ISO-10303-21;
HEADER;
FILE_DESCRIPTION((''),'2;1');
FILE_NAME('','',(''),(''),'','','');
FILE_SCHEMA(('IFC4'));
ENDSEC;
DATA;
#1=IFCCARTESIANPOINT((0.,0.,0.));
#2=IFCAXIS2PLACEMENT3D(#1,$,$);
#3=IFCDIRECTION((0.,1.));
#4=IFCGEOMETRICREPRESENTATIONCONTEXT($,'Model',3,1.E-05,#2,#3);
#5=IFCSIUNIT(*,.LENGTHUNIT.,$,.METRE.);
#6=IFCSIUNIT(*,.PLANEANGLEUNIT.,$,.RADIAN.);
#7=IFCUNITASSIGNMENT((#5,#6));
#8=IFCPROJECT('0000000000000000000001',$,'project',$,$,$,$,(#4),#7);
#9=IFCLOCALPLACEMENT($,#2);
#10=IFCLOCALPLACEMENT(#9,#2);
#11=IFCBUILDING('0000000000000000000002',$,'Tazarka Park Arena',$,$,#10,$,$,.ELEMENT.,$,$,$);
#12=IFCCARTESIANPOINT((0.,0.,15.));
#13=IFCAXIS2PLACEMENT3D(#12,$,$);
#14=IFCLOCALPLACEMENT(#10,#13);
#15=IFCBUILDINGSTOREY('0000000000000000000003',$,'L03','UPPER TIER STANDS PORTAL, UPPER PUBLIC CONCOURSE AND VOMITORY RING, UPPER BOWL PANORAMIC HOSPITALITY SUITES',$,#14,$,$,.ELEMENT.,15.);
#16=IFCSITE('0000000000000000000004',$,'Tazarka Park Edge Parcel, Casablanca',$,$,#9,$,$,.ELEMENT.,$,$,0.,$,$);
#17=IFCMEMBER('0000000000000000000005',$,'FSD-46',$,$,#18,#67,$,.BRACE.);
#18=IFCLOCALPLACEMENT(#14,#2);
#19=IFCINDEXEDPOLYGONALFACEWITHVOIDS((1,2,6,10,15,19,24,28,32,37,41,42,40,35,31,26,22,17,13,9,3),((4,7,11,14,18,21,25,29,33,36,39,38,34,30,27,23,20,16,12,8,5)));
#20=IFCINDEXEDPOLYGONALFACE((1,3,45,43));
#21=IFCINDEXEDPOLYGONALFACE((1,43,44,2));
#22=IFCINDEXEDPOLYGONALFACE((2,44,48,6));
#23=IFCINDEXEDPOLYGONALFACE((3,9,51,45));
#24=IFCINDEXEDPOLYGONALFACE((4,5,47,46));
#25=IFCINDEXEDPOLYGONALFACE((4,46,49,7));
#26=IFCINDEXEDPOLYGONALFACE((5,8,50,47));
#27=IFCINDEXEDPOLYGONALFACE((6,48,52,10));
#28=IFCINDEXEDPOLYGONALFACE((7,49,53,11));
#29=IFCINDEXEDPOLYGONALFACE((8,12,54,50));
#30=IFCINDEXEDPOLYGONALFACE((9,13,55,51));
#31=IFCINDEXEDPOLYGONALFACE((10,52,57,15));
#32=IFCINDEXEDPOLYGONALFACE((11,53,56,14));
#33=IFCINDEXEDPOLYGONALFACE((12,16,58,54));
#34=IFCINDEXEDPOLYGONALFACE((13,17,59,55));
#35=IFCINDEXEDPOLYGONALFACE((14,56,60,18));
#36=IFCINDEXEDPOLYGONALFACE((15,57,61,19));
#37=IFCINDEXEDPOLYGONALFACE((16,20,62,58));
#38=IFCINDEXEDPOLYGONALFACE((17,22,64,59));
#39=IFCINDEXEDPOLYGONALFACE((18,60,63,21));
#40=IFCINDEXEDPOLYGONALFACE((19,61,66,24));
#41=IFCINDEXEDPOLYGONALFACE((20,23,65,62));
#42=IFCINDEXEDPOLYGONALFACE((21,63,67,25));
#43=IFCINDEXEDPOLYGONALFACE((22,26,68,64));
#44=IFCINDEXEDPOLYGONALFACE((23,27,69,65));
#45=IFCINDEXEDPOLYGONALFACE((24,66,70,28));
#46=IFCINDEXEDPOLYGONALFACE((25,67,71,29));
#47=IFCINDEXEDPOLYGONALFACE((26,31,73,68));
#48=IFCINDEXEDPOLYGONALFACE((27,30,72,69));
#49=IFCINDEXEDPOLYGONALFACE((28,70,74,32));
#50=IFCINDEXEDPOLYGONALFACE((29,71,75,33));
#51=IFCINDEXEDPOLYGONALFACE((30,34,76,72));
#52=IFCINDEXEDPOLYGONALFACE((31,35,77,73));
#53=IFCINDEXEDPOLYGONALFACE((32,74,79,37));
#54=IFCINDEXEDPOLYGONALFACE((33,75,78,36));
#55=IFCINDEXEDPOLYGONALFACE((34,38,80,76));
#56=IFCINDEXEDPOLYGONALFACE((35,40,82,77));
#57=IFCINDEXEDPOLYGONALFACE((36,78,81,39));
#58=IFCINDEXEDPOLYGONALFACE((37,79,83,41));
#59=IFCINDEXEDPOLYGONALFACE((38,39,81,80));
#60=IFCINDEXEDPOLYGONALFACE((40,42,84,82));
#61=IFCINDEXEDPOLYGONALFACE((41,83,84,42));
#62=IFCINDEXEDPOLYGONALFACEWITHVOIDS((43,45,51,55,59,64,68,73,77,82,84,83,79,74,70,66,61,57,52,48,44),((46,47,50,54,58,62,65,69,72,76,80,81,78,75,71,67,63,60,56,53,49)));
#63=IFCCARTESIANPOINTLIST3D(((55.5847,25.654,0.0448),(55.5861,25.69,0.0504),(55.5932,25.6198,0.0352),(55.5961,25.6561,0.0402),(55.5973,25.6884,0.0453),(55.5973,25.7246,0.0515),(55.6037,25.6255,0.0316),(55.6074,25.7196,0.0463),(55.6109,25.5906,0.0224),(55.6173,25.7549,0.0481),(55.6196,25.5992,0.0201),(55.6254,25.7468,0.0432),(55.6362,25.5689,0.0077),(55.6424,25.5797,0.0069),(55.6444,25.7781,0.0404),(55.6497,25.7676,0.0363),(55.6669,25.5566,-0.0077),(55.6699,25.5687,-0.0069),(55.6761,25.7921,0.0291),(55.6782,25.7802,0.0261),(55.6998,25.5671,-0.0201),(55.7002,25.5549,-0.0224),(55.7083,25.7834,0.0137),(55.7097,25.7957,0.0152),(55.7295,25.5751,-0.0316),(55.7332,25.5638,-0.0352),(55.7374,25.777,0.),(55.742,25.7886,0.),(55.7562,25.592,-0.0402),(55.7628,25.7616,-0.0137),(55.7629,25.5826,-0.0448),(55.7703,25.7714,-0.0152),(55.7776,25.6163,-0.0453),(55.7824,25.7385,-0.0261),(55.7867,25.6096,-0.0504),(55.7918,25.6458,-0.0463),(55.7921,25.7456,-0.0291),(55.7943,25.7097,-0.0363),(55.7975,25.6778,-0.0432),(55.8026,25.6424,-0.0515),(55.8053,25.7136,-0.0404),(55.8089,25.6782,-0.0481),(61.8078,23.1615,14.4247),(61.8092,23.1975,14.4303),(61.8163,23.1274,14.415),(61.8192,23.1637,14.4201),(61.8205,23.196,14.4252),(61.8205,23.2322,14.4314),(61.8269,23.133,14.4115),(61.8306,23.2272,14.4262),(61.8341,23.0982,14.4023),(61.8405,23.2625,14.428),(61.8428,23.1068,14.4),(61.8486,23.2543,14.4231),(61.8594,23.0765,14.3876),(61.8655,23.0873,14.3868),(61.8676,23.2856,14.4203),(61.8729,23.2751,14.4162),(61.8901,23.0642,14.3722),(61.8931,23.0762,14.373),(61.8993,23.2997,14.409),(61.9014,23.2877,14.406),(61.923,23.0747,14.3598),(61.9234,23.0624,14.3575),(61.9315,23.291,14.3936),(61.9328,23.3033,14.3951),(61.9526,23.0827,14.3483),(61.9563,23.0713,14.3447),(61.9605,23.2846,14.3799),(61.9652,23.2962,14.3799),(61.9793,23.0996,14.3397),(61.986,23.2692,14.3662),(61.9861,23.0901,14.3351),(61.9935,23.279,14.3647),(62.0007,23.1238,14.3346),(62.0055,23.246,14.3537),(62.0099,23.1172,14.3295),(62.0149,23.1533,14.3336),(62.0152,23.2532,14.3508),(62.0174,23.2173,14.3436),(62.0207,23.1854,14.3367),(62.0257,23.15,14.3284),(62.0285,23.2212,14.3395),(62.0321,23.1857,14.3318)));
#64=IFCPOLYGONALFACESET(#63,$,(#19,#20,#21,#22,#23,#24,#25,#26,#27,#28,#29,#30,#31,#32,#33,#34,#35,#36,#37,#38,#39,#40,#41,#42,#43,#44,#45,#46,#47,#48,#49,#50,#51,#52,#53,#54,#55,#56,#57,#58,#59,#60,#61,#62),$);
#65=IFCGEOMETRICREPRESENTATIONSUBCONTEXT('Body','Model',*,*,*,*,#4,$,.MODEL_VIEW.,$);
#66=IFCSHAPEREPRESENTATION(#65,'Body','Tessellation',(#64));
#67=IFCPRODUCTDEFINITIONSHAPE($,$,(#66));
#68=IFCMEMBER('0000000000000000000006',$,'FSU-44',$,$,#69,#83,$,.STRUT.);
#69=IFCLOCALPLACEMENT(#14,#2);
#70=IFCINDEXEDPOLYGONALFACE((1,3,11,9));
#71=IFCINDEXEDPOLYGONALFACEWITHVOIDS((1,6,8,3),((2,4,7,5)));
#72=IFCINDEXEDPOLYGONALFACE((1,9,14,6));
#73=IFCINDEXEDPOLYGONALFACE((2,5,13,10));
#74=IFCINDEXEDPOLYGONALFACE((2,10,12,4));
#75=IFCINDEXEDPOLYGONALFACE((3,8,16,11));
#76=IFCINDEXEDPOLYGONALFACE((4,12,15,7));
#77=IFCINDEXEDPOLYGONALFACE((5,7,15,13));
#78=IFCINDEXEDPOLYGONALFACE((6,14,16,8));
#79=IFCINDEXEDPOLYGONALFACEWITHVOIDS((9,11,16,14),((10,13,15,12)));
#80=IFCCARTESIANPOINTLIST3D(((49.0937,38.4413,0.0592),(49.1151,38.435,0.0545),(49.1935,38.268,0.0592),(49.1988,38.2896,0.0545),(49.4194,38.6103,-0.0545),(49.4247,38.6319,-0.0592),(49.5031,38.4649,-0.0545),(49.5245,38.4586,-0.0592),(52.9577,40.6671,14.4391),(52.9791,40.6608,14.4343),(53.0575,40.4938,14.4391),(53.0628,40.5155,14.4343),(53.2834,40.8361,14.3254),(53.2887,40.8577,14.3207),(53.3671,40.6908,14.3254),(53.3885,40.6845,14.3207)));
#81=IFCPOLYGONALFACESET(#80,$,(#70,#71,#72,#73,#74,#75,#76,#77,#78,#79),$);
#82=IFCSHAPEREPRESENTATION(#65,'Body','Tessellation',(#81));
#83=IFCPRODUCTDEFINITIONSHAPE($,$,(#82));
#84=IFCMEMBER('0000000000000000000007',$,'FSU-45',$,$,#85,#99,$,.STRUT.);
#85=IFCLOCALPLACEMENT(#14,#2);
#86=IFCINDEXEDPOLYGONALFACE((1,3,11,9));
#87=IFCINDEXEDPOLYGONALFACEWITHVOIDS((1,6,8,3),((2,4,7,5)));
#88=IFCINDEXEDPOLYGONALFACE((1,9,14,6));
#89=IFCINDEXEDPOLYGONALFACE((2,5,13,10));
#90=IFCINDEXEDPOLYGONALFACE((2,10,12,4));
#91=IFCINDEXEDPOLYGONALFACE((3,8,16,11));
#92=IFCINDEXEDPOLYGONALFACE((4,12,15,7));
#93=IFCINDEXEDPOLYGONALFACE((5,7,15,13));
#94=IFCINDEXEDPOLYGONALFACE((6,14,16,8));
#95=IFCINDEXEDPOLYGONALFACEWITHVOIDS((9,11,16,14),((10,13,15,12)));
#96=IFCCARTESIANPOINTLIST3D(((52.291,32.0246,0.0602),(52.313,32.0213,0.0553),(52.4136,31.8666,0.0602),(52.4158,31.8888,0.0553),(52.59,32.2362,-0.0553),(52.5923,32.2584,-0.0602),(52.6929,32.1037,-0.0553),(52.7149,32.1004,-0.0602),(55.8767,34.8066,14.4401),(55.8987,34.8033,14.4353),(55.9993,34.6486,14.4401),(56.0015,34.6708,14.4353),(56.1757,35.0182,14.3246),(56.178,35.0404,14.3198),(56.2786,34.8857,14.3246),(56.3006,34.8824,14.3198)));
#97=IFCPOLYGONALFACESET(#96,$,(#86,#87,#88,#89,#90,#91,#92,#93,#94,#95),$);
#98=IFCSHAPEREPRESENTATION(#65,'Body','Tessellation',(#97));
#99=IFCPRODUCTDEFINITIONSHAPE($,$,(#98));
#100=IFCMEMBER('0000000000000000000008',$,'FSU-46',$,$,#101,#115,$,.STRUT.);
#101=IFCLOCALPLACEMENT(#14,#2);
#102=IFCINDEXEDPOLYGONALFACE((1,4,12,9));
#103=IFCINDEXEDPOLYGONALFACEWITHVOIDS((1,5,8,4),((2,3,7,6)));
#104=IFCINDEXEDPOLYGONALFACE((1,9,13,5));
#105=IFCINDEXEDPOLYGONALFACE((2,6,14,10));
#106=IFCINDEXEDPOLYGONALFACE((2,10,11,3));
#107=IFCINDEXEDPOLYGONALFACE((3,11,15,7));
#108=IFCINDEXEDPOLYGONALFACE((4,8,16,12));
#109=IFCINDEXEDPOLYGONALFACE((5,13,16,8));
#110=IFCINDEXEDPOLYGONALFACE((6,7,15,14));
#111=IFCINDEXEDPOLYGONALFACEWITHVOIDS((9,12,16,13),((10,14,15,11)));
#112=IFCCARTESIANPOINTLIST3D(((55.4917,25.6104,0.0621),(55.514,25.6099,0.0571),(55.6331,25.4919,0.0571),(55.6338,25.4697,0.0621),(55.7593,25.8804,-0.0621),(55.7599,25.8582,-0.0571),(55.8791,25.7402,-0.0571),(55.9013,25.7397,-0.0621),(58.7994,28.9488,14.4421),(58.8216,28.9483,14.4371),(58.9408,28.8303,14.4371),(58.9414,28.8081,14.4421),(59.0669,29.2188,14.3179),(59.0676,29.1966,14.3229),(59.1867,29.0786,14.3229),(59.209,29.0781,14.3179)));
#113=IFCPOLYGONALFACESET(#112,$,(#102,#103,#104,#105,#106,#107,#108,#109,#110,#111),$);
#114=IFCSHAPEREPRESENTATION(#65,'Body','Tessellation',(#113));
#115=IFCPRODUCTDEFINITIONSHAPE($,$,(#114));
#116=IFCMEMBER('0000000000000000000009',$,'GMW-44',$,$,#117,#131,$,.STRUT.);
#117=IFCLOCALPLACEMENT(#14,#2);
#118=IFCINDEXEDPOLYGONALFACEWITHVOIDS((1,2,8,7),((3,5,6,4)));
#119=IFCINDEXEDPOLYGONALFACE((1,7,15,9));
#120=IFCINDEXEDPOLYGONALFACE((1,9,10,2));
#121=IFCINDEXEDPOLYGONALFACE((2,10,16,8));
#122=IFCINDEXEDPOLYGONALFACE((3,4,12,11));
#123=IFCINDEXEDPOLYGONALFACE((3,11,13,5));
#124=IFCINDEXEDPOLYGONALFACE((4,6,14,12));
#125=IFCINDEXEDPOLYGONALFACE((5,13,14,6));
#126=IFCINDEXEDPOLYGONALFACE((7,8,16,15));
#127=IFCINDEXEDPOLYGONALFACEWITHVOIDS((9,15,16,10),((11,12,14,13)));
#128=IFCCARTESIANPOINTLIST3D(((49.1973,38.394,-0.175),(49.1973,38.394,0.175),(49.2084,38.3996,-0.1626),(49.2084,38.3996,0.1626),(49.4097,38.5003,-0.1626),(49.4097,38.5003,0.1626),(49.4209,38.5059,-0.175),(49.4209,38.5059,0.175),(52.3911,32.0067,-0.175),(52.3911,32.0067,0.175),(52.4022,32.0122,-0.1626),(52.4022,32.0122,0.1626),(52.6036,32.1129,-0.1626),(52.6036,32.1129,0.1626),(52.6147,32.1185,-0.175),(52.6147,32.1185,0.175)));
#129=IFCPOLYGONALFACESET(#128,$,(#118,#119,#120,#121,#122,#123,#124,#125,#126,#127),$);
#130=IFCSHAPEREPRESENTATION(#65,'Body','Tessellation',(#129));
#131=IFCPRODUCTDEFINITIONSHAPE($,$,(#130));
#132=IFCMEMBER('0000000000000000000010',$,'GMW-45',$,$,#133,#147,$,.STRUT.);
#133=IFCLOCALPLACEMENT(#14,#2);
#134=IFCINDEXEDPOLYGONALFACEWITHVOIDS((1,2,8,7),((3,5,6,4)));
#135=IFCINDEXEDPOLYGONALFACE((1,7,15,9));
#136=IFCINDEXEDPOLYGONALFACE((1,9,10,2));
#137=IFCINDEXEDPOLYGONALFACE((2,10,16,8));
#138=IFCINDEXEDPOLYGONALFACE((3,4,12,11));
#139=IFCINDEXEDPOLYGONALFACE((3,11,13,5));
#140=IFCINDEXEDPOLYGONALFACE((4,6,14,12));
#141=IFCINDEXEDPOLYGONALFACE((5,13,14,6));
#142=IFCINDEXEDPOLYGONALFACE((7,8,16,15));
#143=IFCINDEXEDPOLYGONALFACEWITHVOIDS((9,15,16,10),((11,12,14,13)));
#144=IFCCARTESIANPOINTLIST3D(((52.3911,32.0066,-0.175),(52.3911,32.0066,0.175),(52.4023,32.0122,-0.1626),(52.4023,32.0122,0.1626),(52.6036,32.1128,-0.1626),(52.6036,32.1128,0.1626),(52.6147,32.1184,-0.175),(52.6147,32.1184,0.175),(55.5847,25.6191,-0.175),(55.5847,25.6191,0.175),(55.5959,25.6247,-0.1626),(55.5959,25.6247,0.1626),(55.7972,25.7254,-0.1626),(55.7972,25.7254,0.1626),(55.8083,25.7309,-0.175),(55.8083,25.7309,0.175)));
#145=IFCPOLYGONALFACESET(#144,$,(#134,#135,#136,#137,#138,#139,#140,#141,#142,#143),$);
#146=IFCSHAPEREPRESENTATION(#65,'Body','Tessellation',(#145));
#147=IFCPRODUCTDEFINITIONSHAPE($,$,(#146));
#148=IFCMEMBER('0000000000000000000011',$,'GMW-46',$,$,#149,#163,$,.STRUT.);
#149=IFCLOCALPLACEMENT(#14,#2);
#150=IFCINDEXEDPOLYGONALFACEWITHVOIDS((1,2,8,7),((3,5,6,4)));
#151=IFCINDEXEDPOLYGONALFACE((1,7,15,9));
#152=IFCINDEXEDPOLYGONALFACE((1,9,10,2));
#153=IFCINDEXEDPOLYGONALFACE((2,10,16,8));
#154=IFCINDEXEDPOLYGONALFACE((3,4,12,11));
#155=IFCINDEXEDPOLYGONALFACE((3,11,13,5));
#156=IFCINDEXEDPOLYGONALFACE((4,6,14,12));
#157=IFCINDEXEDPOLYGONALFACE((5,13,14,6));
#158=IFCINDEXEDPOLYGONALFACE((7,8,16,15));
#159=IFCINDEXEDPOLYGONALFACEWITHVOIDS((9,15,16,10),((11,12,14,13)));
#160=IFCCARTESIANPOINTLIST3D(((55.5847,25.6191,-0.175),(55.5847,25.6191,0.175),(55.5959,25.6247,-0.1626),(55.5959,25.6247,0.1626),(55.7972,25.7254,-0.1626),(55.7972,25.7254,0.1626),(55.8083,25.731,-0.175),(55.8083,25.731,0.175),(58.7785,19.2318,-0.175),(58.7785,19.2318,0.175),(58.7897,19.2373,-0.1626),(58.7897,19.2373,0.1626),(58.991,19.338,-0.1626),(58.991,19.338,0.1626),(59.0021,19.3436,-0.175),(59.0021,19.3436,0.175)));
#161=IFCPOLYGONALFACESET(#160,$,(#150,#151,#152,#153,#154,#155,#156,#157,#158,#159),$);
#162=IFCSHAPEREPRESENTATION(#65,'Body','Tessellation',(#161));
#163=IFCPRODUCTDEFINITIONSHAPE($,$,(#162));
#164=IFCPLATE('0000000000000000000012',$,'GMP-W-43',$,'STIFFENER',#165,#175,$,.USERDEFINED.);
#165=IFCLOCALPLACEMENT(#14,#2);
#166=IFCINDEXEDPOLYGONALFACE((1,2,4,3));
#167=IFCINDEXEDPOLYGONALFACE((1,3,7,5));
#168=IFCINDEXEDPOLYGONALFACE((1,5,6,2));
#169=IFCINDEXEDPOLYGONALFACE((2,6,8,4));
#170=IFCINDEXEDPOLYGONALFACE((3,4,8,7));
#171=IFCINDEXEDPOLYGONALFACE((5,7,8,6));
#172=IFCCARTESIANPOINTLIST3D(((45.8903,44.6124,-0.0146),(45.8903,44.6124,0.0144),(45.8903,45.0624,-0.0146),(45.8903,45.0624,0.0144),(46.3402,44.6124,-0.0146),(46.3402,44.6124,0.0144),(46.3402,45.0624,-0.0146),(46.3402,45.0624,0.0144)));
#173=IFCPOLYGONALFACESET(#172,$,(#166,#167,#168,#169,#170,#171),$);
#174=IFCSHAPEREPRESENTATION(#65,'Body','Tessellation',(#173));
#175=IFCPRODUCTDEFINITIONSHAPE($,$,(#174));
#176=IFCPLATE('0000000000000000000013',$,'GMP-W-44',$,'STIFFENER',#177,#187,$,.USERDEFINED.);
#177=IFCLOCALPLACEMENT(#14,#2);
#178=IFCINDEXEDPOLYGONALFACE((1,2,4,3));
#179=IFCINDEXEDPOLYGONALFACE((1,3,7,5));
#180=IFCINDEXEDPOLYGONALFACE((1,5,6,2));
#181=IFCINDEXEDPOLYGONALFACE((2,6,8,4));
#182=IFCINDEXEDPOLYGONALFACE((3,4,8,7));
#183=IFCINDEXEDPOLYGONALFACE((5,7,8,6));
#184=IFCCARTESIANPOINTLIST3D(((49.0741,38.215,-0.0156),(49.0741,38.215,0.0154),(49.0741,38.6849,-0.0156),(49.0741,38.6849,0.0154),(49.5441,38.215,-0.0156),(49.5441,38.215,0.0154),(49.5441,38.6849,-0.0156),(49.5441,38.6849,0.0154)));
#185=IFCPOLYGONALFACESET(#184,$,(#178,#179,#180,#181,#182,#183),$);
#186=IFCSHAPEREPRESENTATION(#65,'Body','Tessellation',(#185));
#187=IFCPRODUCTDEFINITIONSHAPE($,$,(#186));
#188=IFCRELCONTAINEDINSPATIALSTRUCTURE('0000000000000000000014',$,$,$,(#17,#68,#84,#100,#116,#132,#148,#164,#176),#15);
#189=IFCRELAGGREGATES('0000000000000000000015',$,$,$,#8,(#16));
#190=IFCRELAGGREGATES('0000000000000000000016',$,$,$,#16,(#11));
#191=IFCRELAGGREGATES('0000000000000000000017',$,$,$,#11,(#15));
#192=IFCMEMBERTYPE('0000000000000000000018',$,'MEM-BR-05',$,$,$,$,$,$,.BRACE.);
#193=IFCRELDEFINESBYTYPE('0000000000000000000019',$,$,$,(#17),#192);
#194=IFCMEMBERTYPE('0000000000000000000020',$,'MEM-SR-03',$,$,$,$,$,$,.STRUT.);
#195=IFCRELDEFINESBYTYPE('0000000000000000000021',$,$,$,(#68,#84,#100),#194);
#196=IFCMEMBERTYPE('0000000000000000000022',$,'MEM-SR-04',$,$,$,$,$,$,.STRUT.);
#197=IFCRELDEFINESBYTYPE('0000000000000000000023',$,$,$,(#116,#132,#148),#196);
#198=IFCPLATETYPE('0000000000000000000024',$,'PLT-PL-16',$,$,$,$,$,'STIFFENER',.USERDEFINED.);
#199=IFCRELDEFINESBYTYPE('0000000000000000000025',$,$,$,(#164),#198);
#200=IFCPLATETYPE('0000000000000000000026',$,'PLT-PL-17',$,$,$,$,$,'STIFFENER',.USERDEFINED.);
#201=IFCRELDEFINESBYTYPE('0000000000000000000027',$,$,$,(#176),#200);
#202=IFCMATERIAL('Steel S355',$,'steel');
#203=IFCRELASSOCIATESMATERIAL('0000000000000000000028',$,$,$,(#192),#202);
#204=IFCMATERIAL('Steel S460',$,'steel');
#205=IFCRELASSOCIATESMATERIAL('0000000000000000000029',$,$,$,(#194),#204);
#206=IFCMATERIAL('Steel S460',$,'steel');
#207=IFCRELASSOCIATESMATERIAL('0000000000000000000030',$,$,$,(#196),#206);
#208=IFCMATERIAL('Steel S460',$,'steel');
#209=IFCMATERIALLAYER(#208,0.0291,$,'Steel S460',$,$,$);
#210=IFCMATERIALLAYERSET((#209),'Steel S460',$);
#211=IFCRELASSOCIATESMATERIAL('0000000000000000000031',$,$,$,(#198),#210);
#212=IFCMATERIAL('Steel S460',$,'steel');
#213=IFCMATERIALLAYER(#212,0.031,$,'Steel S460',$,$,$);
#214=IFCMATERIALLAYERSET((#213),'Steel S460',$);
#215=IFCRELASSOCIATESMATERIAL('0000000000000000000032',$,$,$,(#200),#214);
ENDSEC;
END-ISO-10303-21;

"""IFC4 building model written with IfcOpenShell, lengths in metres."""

from ifc_helpers import new_model, si_unit, direction, frame, origin, origin_2d, place, context, subcontext, project, spatial, rectangle, hollow_rectangle, hollow_circle, extrude, material, layer, layer_set, material_profile, profile_set, type_object, element, save


model = new_model("IFC4")

# Units and contexts
model_context = context("Model", 3, precision=1e-05, world=origin(), true_north=direction((0.0, 1.0)))
body_context = subcontext(model_context, "Body", "Model", "MODEL_VIEW")
ifc_project = project(units=[si_unit("LENGTHUNIT", "METRE"), si_unit("PLANEANGLEUNIT", "RADIAN")], contexts=[model_context])

# Site, building, storey
site_placement = place(None, origin())
site = spatial("IfcSite", under=ifc_project, at=site_placement, Name="Tazarka Park Edge Parcel, Casablanca", CompositionType="ELEMENT", RefElevation=0.0)
building_placement = place(site_placement, origin())
building = spatial("IfcBuilding", under=site, at=building_placement, Name="Tazarka Park Arena", CompositionType="ELEMENT")
storey_placement = place(building_placement, frame((0.0, 0.0, 15.0)))
storey = spatial("IfcBuildingStorey", under=building, at=storey_placement, Name="L03", Description="UPPER TIER STANDS PORTAL, UPPER PUBLIC CONCOURSE AND VOMITORY RING, UPPER BOWL PANORAMIC HOSPITALITY SUITES", CompositionType="ELEMENT", Elevation=15.0)

# Members
ifc_material_1 = material(Name="Steel S355", Category="steel")
ifc_material_profile_1 = material_profile(ifc_material_1, hollow_circle(Radius=0.1223, WallThickness=0.0125, at=origin_2d()), Name="Steel S355")
ifc_profile_set_1 = profile_set([ifc_material_profile_1], Name="Steel S355")
member_type_1 = type_object("IfcMemberType", Name="MEM-BR-05", PredefinedType="BRACE", material=ifc_profile_set_1)
member_1_placement = place(storey_placement, frame((55.6965, 25.675, 0.0), z_axis=(0.392239, -0.157095, 0.90635), x_axis=(0.371799, 0.928313, 0.0)))
element("IfcMember", 1, at=member_1_placement, inside=storey, type_object=member_type_1, Name="FSD-46", PredefinedType="BRACE", context=body_context, shape_type="SweptSolid", body=[
    extrude(hollow_circle(Radius=0.1223, WallThickness=0.0125, at=origin_2d()), origin(), (0.0, 0.0, 1.0), 15.8657),
])
ifc_material_2 = material(Name="Steel S460", Category="steel")
ifc_material_profile_2 = material_profile(ifc_material_2, hollow_rectangle(XDim=0.2, YDim=0.3999, WallThickness=0.0161, at=origin_2d()), Name="Steel S460")
ifc_profile_set_2 = profile_set([ifc_material_profile_2], Name="Steel S460")
member_type_2 = type_object("IfcMemberType", Name="MEM-SR-03", PredefinedType="STRUT", material=ifc_profile_set_2)
member_2_placement = place(storey_placement, frame((49.3091, 38.45, 0.0), z_axis=(0.256653, 0.147842, 0.955129), x_axis=(-0.499149, 0.866516, 0.0)))
element("IfcMember", 2, at=member_2_placement, inside=storey, type_object=member_type_2, Name="FSU-44", PredefinedType="STRUT", context=body_context, shape_type="SweptSolid", body=[
    extrude(hollow_rectangle(XDim=0.2, YDim=0.3999, WallThickness=0.0161, at=origin_2d()), origin(), (0.0, 0.0, 1.0), 15.0554),
])
member_3_placement = place(storey_placement, frame((52.5029, 32.0625, 0.0), z_axis=(0.237793, 0.184493, 0.953633), x_axis=(-0.612994, 0.790087, 0.0)))
element("IfcMember", 3, at=member_3_placement, inside=storey, type_object=member_type_2, Name="FSU-45", PredefinedType="STRUT", context=body_context, shape_type="SweptSolid", body=[
    extrude(hollow_rectangle(XDim=0.2, YDim=0.3999, WallThickness=0.0161, at=origin_2d()), origin(), (0.0, 0.0, 1.0), 15.0791),
])
member_4_placement = place(storey_placement, frame((55.6965, 25.675, 0.0), z_axis=(0.218637, 0.220671, 0.950527), x_axis=(-0.710372, 0.703826, 0.0)))
element("IfcMember", 4, at=member_4_placement, inside=storey, type_object=member_type_2, Name="FSU-46", PredefinedType="STRUT", context=body_context, shape_type="SweptSolid", body=[
    extrude(hollow_rectangle(XDim=0.2, YDim=0.3999, WallThickness=0.0161, at=origin_2d()), origin(), (0.0, 0.0, 1.0), 15.1284),
])
ifc_material_3 = material(Name="Steel S460", Category="steel")
ifc_material_profile_3 = material_profile(ifc_material_3, hollow_rectangle(XDim=0.25, YDim=0.3501, WallThickness=0.0125, at=origin_2d()), Name="Steel S460")
ifc_profile_set_3 = profile_set([ifc_material_profile_3], Name="Steel S460")
member_type_3 = type_object("IfcMemberType", Name="MEM-SR-04", PredefinedType="STRUT", material=ifc_profile_set_3)
for number, where, z_axis, x_axis, name in (
    (5, (49.3091, 38.45, 0.0), (0.447227, -0.89442, 0.0), (0.89442, 0.447227, 0.0), "GMW-44"),
    (6, (52.5029, 32.0625, 0.0), (0.4472, -0.894434, 0.0), (0.894434, 0.4472, 0.0), "GMW-45"),
    (7, (55.6965, 25.675, 0.0), (0.447227, -0.89442, 0.0), (0.89442, 0.447227, 0.0), "GMW-46"),
):
    element("IfcMember", number, at=place(storey_placement, frame(where, z_axis=z_axis, x_axis=x_axis)), inside=storey, type_object=member_type_3, Name=name, PredefinedType="STRUT", context=body_context, shape_type="SweptSolid", body=[
        extrude(hollow_rectangle(XDim=0.25, YDim=0.3501, WallThickness=0.0125, at=origin_2d()), origin(), (0.0, 0.0, 1.0), 7.1414),
    ])

# Plates
ifc_material_4 = material(Name="Steel S460", Category="steel")
ifc_layer_1 = layer(ifc_material_4, 0.0291, Name="Steel S460")
ifc_layer_set_1 = layer_set([ifc_layer_1], Name="Steel S460")
plate_type_1 = type_object("IfcPlateType", Name="PLT-PL-16", ElementType="STIFFENER", PredefinedType="USERDEFINED", material=ifc_layer_set_1)
plate_1_placement = place(storey_placement, frame((46.1152, 44.8374, -0.0146), z_axis=(0.0, 0.0, 1.0), x_axis=(1.0, 0.0, 0.0)))
element("IfcPlate", 8, at=plate_1_placement, inside=storey, type_object=plate_type_1, Name="GMP-W-43", ObjectType="STIFFENER", PredefinedType="USERDEFINED", context=body_context, shape_type="SweptSolid", body=[
    extrude(rectangle(XDim=0.45, YDim=0.45, at=origin_2d()), origin(), (0.0, 0.0, 1.0), 0.0291),
])
ifc_material_5 = material(Name="Steel S460", Category="steel")
ifc_layer_2 = layer(ifc_material_5, 0.031, Name="Steel S460")
ifc_layer_set_2 = layer_set([ifc_layer_2], Name="Steel S460")
plate_type_2 = type_object("IfcPlateType", Name="PLT-PL-17", ElementType="STIFFENER", PredefinedType="USERDEFINED", material=ifc_layer_set_2)
plate_2_placement = place(storey_placement, frame((49.3091, 38.45, -0.0156), z_axis=(0.0, 0.0, 1.0), x_axis=(1.0, 0.0, 0.0)))
element("IfcPlate", 9, at=plate_2_placement, inside=storey, type_object=plate_type_2, Name="GMP-W-44", ObjectType="STIFFENER", PredefinedType="USERDEFINED", context=body_context, shape_type="SweptSolid", body=[
    extrude(rectangle(XDim=0.47, YDim=0.47, at=origin_2d()), origin(), (0.0, 0.0, 1.0), 0.031),
])

save(model, "model.ifc")
